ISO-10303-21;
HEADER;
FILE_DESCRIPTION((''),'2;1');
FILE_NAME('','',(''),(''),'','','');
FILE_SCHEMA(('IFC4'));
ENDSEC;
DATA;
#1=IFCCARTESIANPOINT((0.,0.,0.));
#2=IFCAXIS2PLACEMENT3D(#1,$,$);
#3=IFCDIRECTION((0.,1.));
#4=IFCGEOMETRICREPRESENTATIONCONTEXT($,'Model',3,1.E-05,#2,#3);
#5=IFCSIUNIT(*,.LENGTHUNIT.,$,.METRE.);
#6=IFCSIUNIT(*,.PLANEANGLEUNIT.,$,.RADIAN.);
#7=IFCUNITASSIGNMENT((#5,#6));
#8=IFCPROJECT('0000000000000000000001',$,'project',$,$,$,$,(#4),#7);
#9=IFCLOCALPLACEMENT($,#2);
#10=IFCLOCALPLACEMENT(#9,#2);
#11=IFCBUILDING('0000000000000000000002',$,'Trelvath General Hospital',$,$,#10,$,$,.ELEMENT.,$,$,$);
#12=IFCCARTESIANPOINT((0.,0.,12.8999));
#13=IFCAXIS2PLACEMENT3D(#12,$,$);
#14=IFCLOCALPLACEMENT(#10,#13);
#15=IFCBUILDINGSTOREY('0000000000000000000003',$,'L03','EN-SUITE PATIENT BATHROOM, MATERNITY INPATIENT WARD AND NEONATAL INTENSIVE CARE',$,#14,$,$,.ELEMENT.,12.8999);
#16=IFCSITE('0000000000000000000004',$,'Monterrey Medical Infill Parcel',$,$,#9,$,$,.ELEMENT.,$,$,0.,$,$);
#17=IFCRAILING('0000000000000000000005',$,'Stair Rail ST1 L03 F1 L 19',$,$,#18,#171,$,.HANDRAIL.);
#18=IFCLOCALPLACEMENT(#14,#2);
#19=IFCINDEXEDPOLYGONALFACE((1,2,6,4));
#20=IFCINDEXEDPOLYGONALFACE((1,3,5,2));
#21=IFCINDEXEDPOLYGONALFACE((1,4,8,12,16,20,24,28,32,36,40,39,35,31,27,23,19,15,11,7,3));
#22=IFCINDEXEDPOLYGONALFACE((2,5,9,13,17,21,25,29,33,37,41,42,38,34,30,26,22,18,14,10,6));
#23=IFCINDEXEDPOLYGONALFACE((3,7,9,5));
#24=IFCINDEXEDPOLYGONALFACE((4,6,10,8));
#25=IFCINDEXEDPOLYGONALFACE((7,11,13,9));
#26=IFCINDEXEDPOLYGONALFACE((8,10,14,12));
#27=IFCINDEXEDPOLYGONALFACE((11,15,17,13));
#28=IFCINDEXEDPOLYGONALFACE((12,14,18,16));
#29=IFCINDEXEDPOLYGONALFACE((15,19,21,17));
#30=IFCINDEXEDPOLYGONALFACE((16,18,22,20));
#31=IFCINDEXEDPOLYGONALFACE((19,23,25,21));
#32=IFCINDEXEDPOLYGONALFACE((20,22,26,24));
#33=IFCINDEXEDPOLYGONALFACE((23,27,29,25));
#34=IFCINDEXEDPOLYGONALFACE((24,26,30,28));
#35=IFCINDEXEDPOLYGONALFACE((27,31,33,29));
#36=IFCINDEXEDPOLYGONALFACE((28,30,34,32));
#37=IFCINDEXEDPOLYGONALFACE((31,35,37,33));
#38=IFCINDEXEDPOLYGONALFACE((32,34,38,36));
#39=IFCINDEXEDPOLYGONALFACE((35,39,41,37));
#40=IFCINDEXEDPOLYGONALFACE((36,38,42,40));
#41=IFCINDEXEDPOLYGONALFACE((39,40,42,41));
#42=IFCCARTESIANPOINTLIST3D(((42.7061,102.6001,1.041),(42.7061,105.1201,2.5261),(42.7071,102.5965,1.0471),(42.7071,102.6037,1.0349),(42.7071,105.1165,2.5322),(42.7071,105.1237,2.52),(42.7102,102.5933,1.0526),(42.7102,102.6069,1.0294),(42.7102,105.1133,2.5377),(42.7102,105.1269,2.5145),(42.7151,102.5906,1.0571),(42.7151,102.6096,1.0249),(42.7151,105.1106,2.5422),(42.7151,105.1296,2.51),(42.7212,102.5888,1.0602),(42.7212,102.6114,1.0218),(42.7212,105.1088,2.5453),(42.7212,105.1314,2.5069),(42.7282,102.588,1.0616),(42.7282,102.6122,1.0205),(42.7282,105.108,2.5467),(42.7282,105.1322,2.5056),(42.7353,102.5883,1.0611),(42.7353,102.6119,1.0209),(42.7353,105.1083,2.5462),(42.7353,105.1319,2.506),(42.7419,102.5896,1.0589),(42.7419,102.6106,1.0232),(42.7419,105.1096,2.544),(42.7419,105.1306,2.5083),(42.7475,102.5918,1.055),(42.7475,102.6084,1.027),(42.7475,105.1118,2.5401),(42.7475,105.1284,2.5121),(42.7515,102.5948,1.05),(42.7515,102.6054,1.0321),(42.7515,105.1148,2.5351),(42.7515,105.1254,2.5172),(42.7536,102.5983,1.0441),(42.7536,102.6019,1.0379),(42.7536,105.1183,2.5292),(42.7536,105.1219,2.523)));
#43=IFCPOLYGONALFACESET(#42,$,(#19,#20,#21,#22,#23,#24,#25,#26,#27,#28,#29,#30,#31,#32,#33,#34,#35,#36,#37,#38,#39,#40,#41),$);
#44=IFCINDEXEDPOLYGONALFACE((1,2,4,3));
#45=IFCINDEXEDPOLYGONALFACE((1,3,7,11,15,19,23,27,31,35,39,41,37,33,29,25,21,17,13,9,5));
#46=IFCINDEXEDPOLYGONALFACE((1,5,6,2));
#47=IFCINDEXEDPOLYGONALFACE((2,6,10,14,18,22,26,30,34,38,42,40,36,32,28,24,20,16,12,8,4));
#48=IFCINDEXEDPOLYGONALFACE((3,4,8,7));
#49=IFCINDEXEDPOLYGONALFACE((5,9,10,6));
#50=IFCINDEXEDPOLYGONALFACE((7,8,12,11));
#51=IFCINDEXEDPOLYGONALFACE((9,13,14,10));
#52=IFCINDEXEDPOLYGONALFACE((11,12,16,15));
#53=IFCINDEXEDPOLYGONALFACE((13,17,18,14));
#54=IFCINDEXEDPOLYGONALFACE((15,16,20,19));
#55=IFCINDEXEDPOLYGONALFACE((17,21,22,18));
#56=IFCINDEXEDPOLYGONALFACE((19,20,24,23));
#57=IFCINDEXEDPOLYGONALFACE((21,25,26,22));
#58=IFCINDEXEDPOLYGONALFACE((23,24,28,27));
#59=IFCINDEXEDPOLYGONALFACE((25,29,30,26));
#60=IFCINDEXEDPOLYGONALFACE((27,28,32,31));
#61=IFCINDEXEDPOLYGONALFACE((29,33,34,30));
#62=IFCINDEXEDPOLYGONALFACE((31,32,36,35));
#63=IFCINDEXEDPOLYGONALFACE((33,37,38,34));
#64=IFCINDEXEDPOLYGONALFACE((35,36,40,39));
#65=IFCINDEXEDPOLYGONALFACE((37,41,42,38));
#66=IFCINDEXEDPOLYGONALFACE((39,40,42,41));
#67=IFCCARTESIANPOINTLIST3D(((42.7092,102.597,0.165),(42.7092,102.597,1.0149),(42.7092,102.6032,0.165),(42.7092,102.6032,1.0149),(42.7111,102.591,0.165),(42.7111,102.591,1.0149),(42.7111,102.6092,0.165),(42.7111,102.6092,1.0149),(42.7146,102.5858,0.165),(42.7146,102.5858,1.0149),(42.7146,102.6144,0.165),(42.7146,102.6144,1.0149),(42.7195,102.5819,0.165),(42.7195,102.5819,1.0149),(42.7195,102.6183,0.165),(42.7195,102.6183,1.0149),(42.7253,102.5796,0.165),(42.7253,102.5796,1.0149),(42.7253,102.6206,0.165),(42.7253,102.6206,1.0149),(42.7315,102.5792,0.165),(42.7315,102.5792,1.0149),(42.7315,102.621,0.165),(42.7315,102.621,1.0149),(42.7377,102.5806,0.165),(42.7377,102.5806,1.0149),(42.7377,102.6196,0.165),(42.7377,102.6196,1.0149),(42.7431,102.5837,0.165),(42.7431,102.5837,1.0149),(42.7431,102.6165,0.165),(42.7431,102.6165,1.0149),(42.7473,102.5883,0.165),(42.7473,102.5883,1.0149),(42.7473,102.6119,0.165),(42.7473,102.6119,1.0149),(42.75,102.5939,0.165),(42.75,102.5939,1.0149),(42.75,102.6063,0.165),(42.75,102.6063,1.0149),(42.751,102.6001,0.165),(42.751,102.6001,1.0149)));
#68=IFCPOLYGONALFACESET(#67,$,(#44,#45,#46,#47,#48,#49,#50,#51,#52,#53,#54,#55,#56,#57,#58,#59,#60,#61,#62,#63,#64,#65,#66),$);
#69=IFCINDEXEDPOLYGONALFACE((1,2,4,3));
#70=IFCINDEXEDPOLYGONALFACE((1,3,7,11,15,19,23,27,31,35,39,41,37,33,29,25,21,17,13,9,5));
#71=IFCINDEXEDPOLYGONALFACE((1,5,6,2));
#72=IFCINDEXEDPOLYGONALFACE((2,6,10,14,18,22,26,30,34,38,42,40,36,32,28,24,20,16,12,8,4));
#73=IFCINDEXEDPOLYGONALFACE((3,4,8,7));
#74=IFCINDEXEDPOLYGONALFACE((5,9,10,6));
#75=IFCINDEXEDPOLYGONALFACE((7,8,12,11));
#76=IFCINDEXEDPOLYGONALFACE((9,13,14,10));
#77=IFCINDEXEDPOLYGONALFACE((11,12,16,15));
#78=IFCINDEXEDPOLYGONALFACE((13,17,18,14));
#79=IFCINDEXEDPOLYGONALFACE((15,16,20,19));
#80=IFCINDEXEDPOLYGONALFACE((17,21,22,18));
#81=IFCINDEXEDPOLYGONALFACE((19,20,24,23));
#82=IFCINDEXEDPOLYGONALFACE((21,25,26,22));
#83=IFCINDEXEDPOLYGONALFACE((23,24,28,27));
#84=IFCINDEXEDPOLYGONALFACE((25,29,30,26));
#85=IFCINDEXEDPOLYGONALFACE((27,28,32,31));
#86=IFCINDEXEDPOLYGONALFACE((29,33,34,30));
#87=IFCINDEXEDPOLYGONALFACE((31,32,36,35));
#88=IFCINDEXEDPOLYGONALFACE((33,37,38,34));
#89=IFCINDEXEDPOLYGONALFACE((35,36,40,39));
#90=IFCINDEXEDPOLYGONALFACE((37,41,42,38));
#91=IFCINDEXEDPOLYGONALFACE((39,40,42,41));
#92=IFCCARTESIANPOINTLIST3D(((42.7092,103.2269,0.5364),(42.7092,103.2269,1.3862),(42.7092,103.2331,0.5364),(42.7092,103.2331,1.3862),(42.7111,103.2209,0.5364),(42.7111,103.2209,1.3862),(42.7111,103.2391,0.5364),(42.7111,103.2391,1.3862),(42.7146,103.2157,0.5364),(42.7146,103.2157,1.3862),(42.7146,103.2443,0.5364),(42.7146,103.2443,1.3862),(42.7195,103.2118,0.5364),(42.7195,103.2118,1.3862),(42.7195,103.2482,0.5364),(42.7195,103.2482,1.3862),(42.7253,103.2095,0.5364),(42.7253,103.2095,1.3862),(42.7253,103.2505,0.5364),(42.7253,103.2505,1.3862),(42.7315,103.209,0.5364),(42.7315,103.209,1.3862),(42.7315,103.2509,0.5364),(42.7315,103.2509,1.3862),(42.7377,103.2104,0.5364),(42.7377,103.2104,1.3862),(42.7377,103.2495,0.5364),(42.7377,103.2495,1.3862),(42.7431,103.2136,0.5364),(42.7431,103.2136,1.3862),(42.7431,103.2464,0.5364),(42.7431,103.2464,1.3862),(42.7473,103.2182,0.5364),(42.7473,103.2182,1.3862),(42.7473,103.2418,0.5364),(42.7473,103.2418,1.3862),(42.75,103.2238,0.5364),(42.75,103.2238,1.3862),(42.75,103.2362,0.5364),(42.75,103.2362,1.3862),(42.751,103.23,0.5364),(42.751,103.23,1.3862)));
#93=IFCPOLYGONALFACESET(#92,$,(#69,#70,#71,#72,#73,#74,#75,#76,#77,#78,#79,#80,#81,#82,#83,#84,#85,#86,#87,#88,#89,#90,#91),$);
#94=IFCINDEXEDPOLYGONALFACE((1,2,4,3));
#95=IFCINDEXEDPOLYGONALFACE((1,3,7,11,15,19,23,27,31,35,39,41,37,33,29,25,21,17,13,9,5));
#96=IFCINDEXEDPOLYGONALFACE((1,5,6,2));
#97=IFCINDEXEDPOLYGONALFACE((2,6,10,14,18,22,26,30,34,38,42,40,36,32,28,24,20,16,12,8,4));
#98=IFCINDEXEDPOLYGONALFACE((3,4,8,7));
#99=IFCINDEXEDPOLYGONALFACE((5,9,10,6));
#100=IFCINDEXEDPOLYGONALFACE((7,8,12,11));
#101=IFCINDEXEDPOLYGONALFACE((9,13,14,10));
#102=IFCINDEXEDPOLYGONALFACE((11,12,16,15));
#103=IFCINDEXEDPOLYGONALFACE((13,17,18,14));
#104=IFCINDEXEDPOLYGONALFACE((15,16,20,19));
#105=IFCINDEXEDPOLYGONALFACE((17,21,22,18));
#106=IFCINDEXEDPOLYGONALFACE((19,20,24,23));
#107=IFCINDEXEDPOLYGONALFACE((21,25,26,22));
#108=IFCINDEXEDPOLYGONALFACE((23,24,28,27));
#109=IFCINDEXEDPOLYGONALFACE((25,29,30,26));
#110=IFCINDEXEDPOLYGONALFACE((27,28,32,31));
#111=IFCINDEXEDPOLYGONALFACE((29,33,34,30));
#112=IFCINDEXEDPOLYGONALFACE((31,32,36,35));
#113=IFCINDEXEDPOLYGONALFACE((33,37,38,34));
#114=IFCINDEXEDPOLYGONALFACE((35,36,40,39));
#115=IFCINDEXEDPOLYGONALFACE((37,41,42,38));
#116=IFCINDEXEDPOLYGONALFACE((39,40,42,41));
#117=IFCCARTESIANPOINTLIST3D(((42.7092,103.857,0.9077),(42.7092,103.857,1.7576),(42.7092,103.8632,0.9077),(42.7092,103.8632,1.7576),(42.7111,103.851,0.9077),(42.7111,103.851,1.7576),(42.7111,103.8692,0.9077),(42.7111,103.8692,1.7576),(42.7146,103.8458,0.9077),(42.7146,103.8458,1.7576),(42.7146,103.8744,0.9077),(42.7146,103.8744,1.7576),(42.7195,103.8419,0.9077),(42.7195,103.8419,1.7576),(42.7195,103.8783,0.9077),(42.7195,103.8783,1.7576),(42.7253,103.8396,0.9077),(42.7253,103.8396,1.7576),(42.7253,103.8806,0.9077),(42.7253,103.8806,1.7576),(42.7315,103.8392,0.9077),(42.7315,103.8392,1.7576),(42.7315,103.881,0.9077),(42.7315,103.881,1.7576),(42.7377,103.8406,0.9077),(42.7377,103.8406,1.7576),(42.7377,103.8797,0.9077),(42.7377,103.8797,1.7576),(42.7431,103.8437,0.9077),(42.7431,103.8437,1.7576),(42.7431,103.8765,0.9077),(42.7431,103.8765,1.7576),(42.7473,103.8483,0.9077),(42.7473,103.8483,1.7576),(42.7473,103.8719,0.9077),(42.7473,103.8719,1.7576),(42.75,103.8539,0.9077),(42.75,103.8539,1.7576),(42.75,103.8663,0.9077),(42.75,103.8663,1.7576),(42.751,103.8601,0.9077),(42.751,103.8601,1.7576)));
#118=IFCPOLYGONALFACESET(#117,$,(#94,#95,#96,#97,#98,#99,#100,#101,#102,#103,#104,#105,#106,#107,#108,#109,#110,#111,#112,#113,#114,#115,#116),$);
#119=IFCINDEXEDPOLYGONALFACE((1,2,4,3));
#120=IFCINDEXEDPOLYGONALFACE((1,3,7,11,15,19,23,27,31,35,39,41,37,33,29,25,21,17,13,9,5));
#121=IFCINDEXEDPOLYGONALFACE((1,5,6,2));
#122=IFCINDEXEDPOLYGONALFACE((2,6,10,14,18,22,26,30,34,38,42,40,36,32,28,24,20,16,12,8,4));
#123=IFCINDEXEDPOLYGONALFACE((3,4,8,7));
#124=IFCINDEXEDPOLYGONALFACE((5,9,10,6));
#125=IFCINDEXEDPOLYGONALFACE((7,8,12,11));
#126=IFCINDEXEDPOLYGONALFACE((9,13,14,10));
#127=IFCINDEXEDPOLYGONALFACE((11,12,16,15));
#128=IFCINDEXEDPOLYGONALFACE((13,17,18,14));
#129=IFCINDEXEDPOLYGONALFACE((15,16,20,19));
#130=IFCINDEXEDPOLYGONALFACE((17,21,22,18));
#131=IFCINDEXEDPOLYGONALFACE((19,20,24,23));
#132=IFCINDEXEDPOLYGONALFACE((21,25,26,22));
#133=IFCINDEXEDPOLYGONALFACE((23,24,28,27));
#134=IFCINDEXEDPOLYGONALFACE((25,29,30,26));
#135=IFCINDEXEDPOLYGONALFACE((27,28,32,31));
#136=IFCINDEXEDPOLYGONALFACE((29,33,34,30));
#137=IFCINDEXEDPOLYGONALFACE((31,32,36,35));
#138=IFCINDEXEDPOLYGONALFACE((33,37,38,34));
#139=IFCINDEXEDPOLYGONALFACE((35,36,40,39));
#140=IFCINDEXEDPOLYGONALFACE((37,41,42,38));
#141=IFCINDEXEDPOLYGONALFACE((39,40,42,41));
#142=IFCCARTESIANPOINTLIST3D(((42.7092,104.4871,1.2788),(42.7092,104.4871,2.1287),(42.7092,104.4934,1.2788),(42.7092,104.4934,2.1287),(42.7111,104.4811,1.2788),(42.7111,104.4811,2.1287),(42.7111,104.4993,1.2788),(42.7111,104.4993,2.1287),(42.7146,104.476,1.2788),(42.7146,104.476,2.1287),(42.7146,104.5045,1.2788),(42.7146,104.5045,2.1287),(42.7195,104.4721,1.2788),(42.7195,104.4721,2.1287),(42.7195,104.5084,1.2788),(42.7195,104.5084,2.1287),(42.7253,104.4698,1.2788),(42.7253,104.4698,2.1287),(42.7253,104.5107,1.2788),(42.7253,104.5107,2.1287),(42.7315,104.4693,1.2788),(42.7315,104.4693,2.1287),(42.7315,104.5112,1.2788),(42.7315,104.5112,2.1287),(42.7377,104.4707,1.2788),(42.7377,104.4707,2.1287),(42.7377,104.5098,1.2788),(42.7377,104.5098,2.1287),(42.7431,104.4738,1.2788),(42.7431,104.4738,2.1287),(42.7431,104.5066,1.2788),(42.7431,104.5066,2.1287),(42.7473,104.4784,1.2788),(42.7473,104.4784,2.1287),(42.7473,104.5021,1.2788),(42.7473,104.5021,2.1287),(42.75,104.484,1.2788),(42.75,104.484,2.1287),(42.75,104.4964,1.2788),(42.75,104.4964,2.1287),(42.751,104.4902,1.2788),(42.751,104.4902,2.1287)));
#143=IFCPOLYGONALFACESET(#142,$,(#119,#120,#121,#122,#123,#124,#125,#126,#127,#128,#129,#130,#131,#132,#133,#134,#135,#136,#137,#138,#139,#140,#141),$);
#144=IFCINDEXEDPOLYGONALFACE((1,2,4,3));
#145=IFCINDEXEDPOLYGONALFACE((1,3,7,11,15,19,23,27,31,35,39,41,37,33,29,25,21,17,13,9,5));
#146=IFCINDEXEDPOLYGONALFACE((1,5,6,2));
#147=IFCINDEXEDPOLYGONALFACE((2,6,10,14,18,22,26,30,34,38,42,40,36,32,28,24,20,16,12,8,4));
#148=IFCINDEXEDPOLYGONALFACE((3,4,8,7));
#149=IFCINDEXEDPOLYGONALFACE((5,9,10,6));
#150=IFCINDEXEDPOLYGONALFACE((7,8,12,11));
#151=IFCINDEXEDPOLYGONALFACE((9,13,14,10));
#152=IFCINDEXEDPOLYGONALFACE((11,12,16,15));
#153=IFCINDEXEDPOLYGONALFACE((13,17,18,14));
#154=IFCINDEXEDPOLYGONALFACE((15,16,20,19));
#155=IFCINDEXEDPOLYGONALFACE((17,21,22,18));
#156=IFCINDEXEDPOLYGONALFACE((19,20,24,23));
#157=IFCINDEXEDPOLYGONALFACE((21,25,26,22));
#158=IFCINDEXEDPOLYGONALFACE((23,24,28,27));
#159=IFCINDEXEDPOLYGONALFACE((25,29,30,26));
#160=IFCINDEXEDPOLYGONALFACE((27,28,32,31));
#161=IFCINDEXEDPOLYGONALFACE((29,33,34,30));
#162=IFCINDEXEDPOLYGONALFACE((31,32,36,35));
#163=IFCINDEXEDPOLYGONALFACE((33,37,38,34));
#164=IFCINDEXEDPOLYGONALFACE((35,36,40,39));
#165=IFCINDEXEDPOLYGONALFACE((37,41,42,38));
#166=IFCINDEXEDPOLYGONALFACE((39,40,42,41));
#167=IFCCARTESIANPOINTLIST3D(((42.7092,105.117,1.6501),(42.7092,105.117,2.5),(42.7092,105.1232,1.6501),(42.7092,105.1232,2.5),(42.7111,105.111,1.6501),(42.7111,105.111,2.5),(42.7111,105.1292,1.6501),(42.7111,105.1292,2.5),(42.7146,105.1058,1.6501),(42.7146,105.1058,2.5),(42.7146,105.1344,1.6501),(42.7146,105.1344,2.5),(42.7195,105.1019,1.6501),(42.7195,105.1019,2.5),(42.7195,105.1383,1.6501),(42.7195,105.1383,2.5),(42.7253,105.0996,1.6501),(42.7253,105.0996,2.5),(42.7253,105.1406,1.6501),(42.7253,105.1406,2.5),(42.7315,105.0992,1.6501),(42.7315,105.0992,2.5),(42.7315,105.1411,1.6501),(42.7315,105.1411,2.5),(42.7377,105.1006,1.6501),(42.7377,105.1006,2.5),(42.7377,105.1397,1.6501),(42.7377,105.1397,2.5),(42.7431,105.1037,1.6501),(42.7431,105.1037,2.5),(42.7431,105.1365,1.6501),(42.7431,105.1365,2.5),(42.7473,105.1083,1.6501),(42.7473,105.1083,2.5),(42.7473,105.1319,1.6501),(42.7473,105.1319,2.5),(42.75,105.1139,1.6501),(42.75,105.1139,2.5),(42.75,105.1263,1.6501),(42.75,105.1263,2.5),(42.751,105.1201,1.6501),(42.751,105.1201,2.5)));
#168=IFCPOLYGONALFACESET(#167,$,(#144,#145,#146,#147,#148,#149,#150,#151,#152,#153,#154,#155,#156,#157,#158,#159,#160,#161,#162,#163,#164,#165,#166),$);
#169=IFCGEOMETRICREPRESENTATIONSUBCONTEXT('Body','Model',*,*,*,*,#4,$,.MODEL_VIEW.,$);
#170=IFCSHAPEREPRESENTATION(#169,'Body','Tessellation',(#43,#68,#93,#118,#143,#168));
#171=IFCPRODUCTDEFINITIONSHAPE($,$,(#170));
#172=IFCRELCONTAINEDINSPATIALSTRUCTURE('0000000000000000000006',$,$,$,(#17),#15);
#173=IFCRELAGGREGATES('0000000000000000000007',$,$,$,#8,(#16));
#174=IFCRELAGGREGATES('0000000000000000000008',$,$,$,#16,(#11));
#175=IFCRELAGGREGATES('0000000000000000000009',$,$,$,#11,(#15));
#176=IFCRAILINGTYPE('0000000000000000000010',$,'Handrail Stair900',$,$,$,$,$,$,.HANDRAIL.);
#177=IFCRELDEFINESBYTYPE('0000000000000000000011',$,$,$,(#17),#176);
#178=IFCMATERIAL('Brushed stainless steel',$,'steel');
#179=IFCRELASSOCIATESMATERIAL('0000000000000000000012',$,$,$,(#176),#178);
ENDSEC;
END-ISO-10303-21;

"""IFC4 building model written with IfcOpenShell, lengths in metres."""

from ifc_helpers import new_model, si_unit, direction, frame, origin, origin_2d, place, context, subcontext, project, spatial, circle, extrude, material, type_object, element, save


model = new_model("IFC4")

# Units and contexts
model_context = context("Model", 3, precision=1e-05, world=origin(), true_north=direction((0.0, 1.0)))
body_context = subcontext(model_context, "Body", "Model", "MODEL_VIEW")
ifc_project = project(units=[si_unit("LENGTHUNIT", "METRE"), si_unit("PLANEANGLEUNIT", "RADIAN")], contexts=[model_context])

# Site, building, storey
site_placement = place(None, origin())
site = spatial("IfcSite", under=ifc_project, at=site_placement, Name="Monterrey Medical Infill Parcel", CompositionType="ELEMENT", RefElevation=0.0)
building_placement = place(site_placement, origin())
building = spatial("IfcBuilding", under=site, at=building_placement, Name="Trelvath General Hospital", CompositionType="ELEMENT")
storey_placement = place(building_placement, frame((0.0, 0.0, 12.8999)))
storey = spatial("IfcBuildingStorey", under=building, at=storey_placement, Name="L03", Description="EN-SUITE PATIENT BATHROOM, MATERNITY INPATIENT WARD AND NEONATAL INTENSIVE CARE", CompositionType="ELEMENT", Elevation=12.8999)

# Railing
ifc_material_1 = material(Name="Brushed stainless steel", Category="steel")
railing_type_1 = type_object("IfcRailingType", Name="Handrail Stair900", PredefinedType="HANDRAIL", material=ifc_material_1)
railing_1_placement = place(storey_placement, frame((42.73, 102.6001, 0.165)))
element("IfcRailing", 1, at=railing_1_placement, inside=storey, type_object=railing_type_1, Name="Stair Rail ST1 L03 F1 L 19", PredefinedType="HANDRAIL", context=body_context, shape_type="SweptSolid", body=[
    extrude(circle(Radius=0.0239, at=origin_2d()), frame((0.0, 0.0, 0.876), z_axis=(0.0, 0.861524, 0.507717), x_axis=(-1.0, 0.0, 0.0)), (0.0, 0.0, 1.0), 2.925),
    extrude(circle(Radius=0.021, at=origin_2d()), origin(), (0.0, 0.0, 1.0), 0.8499),
    extrude(circle(Radius=0.021, at=origin_2d()), frame((0.0, 0.6299, 0.3713)), (0.0, 0.0, 1.0), 0.8499),
    extrude(circle(Radius=0.021, at=origin_2d()), frame((0.0, 1.26, 0.7427)), (0.0, 0.0, 1.0), 0.8499),
    extrude(circle(Radius=0.021, at=origin_2d()), frame((0.0, 1.8901, 1.1138)), (0.0, 0.0, 1.0), 0.8499),
    extrude(circle(Radius=0.021, at=origin_2d()), frame((0.0, 2.52, 1.4851)), (0.0, 0.0, 1.0), 0.8499),
])

save(model, "model.ifc")
